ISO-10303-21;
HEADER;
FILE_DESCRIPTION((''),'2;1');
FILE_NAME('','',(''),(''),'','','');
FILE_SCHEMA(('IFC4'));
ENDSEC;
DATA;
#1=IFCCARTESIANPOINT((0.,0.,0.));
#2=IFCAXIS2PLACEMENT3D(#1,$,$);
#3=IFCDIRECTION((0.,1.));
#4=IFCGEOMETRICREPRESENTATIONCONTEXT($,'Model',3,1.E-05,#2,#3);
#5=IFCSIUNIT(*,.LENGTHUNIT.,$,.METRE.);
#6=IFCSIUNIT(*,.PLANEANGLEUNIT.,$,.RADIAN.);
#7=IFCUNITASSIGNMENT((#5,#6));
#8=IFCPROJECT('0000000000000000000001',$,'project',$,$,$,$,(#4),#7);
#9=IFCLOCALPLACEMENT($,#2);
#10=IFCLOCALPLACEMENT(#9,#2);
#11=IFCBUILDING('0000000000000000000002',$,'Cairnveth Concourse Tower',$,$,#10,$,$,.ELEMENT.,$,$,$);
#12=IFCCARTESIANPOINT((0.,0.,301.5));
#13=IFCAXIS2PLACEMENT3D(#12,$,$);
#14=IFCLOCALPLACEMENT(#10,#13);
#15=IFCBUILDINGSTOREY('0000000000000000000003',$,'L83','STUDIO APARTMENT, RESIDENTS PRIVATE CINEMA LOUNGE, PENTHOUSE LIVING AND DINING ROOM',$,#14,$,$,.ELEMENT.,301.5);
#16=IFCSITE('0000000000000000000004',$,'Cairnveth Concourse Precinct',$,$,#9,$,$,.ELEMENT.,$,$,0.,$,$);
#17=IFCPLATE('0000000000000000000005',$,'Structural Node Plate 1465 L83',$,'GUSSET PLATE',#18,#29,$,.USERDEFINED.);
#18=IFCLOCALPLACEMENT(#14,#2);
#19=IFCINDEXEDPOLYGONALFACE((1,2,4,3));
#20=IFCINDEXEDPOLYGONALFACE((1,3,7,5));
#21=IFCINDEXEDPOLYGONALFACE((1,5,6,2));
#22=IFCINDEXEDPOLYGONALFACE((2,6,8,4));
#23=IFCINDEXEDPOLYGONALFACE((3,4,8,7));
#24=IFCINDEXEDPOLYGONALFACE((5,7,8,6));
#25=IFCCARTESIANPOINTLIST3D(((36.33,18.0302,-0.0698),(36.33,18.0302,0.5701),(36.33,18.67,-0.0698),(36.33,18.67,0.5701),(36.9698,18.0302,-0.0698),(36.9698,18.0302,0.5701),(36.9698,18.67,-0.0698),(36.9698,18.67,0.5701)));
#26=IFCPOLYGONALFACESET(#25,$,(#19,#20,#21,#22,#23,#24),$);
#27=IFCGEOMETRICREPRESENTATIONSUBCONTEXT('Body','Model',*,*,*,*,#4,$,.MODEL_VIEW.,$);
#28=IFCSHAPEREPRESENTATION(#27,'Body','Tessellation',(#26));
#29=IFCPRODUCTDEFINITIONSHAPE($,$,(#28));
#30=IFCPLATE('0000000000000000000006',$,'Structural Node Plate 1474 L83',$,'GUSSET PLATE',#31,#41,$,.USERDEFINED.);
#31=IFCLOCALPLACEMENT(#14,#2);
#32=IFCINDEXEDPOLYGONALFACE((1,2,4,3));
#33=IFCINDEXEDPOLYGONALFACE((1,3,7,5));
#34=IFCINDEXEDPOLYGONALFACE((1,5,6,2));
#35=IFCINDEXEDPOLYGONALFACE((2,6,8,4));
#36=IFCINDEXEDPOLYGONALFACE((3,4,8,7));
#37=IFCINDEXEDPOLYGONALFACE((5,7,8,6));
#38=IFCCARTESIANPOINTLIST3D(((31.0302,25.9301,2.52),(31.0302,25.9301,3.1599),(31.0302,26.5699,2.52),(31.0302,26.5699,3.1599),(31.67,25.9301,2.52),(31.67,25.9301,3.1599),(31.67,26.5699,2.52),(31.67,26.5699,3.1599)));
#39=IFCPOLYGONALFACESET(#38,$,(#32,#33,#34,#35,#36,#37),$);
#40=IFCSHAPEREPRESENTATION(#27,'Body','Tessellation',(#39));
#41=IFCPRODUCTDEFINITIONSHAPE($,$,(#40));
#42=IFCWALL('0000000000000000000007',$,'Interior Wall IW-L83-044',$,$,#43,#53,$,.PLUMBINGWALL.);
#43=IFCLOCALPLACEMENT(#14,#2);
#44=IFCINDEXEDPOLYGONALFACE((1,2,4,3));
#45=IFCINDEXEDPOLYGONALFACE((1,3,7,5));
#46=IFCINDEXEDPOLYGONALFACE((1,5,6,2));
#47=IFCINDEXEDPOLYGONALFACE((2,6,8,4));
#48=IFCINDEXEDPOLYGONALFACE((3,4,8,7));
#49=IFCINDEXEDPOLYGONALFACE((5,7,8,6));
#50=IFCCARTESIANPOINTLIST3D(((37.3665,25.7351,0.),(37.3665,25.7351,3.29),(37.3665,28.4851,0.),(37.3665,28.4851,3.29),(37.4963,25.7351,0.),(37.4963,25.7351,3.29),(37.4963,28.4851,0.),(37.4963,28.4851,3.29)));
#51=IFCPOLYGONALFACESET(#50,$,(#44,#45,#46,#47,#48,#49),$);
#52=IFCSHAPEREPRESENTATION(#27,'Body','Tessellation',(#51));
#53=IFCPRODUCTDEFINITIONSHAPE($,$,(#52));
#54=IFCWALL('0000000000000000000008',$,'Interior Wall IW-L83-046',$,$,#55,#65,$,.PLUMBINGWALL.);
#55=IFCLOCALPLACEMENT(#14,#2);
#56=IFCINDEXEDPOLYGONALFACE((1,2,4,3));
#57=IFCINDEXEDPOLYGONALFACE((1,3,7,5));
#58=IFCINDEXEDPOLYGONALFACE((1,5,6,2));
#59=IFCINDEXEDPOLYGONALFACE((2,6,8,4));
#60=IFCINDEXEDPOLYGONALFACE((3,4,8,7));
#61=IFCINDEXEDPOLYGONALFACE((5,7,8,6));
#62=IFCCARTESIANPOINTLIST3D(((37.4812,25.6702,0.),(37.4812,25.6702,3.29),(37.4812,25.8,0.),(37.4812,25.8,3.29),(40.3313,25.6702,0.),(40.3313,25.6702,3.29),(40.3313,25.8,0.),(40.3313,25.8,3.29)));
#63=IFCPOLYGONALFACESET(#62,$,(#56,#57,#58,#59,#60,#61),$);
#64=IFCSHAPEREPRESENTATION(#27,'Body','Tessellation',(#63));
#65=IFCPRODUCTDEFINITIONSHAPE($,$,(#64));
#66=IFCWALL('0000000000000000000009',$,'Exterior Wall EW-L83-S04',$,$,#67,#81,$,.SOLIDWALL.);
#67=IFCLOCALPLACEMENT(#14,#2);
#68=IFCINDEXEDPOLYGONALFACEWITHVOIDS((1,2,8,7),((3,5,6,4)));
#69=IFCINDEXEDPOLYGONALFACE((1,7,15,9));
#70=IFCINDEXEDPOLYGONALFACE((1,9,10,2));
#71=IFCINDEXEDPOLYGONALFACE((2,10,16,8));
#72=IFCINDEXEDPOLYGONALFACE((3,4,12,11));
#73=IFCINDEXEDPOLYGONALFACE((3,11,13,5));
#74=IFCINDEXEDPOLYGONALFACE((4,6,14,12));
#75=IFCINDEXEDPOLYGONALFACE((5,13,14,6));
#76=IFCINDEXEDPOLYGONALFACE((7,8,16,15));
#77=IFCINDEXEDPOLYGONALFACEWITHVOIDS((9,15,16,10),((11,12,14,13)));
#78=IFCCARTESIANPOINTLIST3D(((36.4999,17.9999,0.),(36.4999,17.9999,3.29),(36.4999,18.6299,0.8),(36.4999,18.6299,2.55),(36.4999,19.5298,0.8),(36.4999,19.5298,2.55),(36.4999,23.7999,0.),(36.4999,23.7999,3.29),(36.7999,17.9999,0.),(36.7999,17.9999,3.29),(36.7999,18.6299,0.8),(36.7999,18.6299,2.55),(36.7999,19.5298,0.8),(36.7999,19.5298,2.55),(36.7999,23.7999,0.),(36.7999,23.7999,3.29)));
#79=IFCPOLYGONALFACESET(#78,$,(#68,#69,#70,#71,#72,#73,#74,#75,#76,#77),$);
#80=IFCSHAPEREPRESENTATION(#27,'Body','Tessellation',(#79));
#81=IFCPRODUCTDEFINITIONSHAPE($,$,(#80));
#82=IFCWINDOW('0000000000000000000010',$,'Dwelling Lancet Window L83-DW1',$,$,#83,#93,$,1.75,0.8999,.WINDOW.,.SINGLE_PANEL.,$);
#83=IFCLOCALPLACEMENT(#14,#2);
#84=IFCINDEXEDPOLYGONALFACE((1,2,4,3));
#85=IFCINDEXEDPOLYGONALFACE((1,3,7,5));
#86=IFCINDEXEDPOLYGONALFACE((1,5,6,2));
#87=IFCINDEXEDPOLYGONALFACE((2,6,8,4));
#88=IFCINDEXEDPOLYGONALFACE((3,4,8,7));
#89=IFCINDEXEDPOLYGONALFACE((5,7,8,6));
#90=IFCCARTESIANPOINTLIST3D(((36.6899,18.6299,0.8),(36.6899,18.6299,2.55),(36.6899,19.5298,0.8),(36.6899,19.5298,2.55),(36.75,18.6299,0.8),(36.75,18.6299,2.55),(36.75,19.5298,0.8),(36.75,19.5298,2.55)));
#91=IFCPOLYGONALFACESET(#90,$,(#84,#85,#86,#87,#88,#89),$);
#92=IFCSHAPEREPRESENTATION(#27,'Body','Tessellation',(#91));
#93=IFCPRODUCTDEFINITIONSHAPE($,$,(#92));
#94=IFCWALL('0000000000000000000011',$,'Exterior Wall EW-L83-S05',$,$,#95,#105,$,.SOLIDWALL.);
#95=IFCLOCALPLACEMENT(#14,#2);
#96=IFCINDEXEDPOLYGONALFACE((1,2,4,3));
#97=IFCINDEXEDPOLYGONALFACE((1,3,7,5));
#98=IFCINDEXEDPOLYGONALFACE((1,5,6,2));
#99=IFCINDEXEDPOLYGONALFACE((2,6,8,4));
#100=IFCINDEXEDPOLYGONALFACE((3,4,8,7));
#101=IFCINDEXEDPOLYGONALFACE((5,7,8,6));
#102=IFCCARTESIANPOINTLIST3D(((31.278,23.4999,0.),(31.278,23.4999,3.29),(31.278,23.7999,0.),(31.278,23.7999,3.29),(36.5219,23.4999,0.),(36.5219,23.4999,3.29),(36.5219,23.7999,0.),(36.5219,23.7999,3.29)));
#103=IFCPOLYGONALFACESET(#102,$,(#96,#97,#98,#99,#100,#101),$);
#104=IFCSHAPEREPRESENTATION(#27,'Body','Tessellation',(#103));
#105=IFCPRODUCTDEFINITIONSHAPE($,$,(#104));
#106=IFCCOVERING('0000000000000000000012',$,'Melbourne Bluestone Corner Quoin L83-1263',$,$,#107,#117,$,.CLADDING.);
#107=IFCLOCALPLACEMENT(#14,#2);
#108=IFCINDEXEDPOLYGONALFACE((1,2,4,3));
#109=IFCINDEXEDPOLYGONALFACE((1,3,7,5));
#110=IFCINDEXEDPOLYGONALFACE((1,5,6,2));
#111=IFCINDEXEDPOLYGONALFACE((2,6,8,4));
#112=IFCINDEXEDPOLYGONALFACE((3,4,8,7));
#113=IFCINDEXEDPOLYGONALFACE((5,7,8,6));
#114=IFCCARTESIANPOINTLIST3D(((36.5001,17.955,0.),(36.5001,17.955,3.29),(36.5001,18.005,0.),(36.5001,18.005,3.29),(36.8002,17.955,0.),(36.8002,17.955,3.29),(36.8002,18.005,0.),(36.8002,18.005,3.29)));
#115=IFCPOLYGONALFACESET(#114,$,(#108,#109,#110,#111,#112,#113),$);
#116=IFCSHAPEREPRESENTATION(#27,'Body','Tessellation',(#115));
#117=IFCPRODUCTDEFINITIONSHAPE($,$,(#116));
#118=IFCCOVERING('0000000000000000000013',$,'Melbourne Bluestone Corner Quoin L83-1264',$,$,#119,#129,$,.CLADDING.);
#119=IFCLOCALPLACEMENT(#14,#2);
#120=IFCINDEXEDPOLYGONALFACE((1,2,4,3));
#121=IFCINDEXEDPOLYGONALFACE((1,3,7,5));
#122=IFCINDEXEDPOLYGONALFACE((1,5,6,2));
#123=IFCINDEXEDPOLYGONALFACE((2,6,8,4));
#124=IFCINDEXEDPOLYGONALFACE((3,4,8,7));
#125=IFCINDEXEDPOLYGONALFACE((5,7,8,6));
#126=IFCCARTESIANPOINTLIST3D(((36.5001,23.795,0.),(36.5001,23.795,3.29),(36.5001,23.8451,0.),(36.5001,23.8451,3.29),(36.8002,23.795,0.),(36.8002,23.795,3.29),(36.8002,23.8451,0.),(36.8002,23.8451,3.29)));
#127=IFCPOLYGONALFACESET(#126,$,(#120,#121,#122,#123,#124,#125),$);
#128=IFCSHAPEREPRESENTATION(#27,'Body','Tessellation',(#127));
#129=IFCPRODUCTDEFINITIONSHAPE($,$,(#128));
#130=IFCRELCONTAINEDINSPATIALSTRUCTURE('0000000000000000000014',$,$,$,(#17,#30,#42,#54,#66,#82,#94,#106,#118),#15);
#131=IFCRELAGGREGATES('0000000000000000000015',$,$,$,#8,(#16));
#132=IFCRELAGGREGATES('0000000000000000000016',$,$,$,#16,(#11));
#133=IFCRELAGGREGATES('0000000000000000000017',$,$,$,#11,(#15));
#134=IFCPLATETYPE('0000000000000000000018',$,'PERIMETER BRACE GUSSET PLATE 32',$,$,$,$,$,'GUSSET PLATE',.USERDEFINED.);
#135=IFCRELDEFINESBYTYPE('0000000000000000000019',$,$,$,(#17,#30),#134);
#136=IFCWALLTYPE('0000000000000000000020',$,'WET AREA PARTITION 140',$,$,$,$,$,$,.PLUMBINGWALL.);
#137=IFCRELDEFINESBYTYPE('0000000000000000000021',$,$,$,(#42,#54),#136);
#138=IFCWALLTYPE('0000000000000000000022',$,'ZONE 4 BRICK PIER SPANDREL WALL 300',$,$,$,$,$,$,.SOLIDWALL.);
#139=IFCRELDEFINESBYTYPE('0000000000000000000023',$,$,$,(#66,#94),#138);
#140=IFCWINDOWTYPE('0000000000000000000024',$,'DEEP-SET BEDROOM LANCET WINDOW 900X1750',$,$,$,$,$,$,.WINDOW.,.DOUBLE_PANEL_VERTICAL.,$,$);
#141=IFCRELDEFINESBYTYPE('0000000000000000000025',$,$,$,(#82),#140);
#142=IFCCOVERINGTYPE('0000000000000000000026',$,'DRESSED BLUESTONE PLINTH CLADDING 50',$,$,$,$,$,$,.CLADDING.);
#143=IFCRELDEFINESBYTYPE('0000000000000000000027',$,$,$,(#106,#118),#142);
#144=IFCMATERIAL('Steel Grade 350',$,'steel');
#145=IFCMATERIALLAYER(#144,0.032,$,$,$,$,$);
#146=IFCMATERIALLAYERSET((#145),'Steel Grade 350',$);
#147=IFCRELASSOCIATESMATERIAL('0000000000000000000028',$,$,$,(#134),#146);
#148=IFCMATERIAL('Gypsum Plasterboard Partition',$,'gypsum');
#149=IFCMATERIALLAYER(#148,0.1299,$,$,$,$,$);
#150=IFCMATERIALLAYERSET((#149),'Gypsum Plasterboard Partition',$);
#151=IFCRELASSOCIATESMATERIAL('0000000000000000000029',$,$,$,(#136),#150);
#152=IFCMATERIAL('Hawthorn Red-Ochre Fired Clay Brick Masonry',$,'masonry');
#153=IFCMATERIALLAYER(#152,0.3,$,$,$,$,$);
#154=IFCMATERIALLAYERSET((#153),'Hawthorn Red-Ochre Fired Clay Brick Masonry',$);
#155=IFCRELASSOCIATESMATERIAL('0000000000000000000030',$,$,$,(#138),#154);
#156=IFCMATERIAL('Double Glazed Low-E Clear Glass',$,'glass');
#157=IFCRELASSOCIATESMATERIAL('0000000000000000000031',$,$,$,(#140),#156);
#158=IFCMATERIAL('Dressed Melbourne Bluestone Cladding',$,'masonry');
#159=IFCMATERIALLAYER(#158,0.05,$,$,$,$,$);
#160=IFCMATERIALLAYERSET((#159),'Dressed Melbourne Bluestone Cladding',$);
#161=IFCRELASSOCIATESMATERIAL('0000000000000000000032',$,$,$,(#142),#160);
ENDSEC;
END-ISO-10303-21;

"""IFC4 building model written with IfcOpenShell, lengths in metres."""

from ifc_helpers import new_model, si_unit, direction, frame, frame_2d, origin, origin_2d, place, context, subcontext, project, spatial, rectangle, extrude, material, layer, layer_set, type_object, element, fill, save


model = new_model("IFC4")

# Units and contexts
model_context = context("Model", 3, precision=1e-05, world=origin(), true_north=direction((0.0, 1.0)))
body_context = subcontext(model_context, "Body", "Model", "MODEL_VIEW")
ifc_project = project(units=[si_unit("LENGTHUNIT", "METRE"), si_unit("PLANEANGLEUNIT", "RADIAN")], contexts=[model_context])

# Site, building, storey
site_placement = place(None, origin())
site = spatial("IfcSite", under=ifc_project, at=site_placement, Name="Cairnveth Concourse Precinct", CompositionType="ELEMENT", RefElevation=0.0)
building_placement = place(site_placement, origin())
building = spatial("IfcBuilding", under=site, at=building_placement, Name="Cairnveth Concourse Tower", CompositionType="ELEMENT")
storey_placement = place(building_placement, frame((0.0, 0.0, 301.5)))
storey = spatial("IfcBuildingStorey", under=building, at=storey_placement, Name="L83", Description="STUDIO APARTMENT, RESIDENTS PRIVATE CINEMA LOUNGE, PENTHOUSE LIVING AND DINING ROOM", CompositionType="ELEMENT", Elevation=301.5)

# Shared definitions
ifc_material_1 = material(Name="Steel Grade 350", Category="steel")

# Plates
ifc_layer_1 = layer(ifc_material_1, 0.032)
ifc_layer_set_1 = layer_set([ifc_layer_1], Name="Steel Grade 350")
plate_type = type_object("IfcPlateType", Name="PERIMETER BRACE GUSSET PLATE 32", ElementType="GUSSET PLATE", PredefinedType="USERDEFINED", material=ifc_layer_set_1)
for number, where, z_axis, x_axis, name in (
    (1, (36.6499, 18.3501, -0.0698), (0.0, 0.0, 1.0), (1.0, 0.0, 0.0), "Structural Node Plate 1465 L83"),
    (2, (31.3501, 26.25, 2.52), (0.0, 0.0, 1.0), (1.0, 0.0, 0.0), "Structural Node Plate 1474 L83"),
):
    element("IfcPlate", number, at=place(storey_placement, frame(where, z_axis=z_axis, x_axis=x_axis)), inside=storey, type_object=plate_type, Name=name, ObjectType="GUSSET PLATE", PredefinedType="USERDEFINED", context=body_context, shape_type="SweptSolid", body=[
        extrude(rectangle(XDim=0.6399, YDim=0.6399, at=origin_2d()), origin(), (0.0, 0.0, 1.0), 0.6399),
    ])

# Walls
ifc_material_2 = material(Name="Gypsum Plasterboard Partition", Category="gypsum")
ifc_layer_2 = layer(ifc_material_2, 0.1299)
ifc_layer_set_2 = layer_set([ifc_layer_2], Name="Gypsum Plasterboard Partition")
wall_type_1 = type_object("IfcWallType", Name="WET AREA PARTITION 140", PredefinedType="PLUMBINGWALL", material=ifc_layer_set_2)
wall_1_placement = place(storey_placement, frame((37.4314, 25.7351, 0.0), z_axis=(0.0, 0.0, 1.0), x_axis=(0.0, 1.0, 0.0)))
element("IfcWall", 3, at=wall_1_placement, inside=storey, type_object=wall_type_1, Name="Interior Wall IW-L83-044", PredefinedType="PLUMBINGWALL", context=body_context, shape_type="SweptSolid", body=[
    extrude(rectangle(XDim=2.75, YDim=0.1299, at=frame_2d((1.375, 0.0))), origin(), (0.0, 0.0, 1.0), 3.29),
])
wall_2_placement = place(storey_placement, frame((37.4812, 25.7351, 0.0), z_axis=(0.0, 0.0, 1.0), x_axis=(1.0, 0.0, 0.0)))
element("IfcWall", 4, at=wall_2_placement, inside=storey, type_object=wall_type_1, Name="Interior Wall IW-L83-046", PredefinedType="PLUMBINGWALL", context=body_context, shape_type="SweptSolid", body=[
    extrude(rectangle(XDim=2.8501, YDim=0.1299, at=frame_2d((1.425, 0.0))), origin(), (0.0, 0.0, 1.0), 3.29),
])

# Wall, opening, window
ifc_material_3 = material(Name="Hawthorn Red-Ochre Fired Clay Brick Masonry", Category="masonry")
ifc_layer_3 = layer(ifc_material_3, 0.3)
ifc_layer_set_3 = layer_set([ifc_layer_3], Name="Hawthorn Red-Ochre Fired Clay Brick Masonry")
wall_type_2 = type_object("IfcWallType", Name="ZONE 4 BRICK PIER SPANDREL WALL 300", PredefinedType="SOLIDWALL", material=ifc_layer_set_3)
wall_3_placement = place(storey_placement, frame((36.6499, 18.0, 0.0), z_axis=(0.0, 0.0, 1.0), x_axis=(0.0, 1.0, 0.0)))
wall_3 = element("IfcWall", 5, at=wall_3_placement, inside=storey, type_object=wall_type_2, Name="Exterior Wall EW-L83-S04", PredefinedType="SOLIDWALL", context=body_context, shape_type="SweptSolid", body=[
    extrude(rectangle(XDim=5.8, YDim=0.3, at=frame_2d((2.8999, 0.0))), origin(), (0.0, 0.0, 1.0), 3.29),
])
opening_placement = place(wall_3_placement, frame((0.6299, 0.0, 0.8)))
opening = element("IfcOpeningElement", 6, at=opening_placement, cuts=wall_3, PredefinedType="OPENING", context=body_context, shape_type="SweptSolid", body=[
    extrude(rectangle(XDim=0.8999, YDim=1.75, at=frame_2d((0.45, 0.875))), frame((0.0, 0.1599, 0.0), z_axis=(0.0, -1.0, 0.0), x_axis=(1.0, 0.0, 0.0)), (0.0, 0.0, 1.0), 0.3201),
])
ifc_material_4 = material(Name="Double Glazed Low-E Clear Glass", Category="glass")
window_type = type_object("IfcWindowType", Name="DEEP-SET BEDROOM LANCET WINDOW 900X1750", PartitioningType="DOUBLE_PANEL_VERTICAL", PredefinedType="WINDOW", material=ifc_material_4)
window_placement = place(opening_placement, origin())
window = element("IfcWindow", 7, at=window_placement, inside=storey, type_object=window_type, Name="Dwelling Lancet Window L83-DW1", OverallHeight=1.75, OverallWidth=0.8999, PartitioningType="SINGLE_PANEL", PredefinedType="WINDOW", context=body_context, shape_type="SweptSolid", body=[
    extrude(rectangle(XDim=0.8999, YDim=1.75, at=frame_2d((0.45, 0.875))), frame((0.0, -0.04, 0.0), z_axis=(0.0, -1.0, 0.0), x_axis=(1.0, 0.0, 0.0)), (0.0, 0.0, 1.0), 0.0601),
])
fill(opening, window)

# Wall
wall_4_placement = place(storey_placement, frame((36.522, 23.6499, 0.0), z_axis=(0.0, 0.0, 1.0), x_axis=(-1.0, 0.0, 0.0)))
element("IfcWall", 8, at=wall_4_placement, inside=storey, type_object=wall_type_2, Name="Exterior Wall EW-L83-S05", PredefinedType="SOLIDWALL", context=body_context, shape_type="SweptSolid", body=[
    extrude(rectangle(XDim=5.2439, YDim=0.3, at=frame_2d((2.6221, 0.0))), origin(), (0.0, 0.0, 1.0), 3.29),
])

# Coverings
ifc_material_5 = material(Name="Dressed Melbourne Bluestone Cladding", Category="masonry")
ifc_layer_4 = layer(ifc_material_5, 0.05)
ifc_layer_set_4 = layer_set([ifc_layer_4], Name="Dressed Melbourne Bluestone Cladding")
covering_type = type_object("IfcCoveringType", Name="DRESSED BLUESTONE PLINTH CLADDING 50", PredefinedType="CLADDING", material=ifc_layer_set_4)
for number, where, z_axis, x_axis, name in (
    (9, (36.8, 17.98, 0.0), (0.0, 0.0, 1.0), (-1.0, 0.0, 0.0), "Melbourne Bluestone Corner Quoin L83-1263"),
    (10, (36.8, 23.8201, 0.0), (0.0, 0.0, 1.0), (-1.0, 0.0, 0.0), "Melbourne Bluestone Corner Quoin L83-1264"),
):
    element("IfcCovering", number, at=place(storey_placement, frame(where, z_axis=z_axis, x_axis=x_axis)), inside=storey, type_object=covering_type, Name=name, PredefinedType="CLADDING", context=body_context, shape_type="SweptSolid", body=[
        extrude(rectangle(XDim=0.3, YDim=0.05, at=frame_2d((0.1499, 0.0))), origin(), (0.0, 0.0, 1.0), 3.29),
    ])

save(model, "model.ifc")
